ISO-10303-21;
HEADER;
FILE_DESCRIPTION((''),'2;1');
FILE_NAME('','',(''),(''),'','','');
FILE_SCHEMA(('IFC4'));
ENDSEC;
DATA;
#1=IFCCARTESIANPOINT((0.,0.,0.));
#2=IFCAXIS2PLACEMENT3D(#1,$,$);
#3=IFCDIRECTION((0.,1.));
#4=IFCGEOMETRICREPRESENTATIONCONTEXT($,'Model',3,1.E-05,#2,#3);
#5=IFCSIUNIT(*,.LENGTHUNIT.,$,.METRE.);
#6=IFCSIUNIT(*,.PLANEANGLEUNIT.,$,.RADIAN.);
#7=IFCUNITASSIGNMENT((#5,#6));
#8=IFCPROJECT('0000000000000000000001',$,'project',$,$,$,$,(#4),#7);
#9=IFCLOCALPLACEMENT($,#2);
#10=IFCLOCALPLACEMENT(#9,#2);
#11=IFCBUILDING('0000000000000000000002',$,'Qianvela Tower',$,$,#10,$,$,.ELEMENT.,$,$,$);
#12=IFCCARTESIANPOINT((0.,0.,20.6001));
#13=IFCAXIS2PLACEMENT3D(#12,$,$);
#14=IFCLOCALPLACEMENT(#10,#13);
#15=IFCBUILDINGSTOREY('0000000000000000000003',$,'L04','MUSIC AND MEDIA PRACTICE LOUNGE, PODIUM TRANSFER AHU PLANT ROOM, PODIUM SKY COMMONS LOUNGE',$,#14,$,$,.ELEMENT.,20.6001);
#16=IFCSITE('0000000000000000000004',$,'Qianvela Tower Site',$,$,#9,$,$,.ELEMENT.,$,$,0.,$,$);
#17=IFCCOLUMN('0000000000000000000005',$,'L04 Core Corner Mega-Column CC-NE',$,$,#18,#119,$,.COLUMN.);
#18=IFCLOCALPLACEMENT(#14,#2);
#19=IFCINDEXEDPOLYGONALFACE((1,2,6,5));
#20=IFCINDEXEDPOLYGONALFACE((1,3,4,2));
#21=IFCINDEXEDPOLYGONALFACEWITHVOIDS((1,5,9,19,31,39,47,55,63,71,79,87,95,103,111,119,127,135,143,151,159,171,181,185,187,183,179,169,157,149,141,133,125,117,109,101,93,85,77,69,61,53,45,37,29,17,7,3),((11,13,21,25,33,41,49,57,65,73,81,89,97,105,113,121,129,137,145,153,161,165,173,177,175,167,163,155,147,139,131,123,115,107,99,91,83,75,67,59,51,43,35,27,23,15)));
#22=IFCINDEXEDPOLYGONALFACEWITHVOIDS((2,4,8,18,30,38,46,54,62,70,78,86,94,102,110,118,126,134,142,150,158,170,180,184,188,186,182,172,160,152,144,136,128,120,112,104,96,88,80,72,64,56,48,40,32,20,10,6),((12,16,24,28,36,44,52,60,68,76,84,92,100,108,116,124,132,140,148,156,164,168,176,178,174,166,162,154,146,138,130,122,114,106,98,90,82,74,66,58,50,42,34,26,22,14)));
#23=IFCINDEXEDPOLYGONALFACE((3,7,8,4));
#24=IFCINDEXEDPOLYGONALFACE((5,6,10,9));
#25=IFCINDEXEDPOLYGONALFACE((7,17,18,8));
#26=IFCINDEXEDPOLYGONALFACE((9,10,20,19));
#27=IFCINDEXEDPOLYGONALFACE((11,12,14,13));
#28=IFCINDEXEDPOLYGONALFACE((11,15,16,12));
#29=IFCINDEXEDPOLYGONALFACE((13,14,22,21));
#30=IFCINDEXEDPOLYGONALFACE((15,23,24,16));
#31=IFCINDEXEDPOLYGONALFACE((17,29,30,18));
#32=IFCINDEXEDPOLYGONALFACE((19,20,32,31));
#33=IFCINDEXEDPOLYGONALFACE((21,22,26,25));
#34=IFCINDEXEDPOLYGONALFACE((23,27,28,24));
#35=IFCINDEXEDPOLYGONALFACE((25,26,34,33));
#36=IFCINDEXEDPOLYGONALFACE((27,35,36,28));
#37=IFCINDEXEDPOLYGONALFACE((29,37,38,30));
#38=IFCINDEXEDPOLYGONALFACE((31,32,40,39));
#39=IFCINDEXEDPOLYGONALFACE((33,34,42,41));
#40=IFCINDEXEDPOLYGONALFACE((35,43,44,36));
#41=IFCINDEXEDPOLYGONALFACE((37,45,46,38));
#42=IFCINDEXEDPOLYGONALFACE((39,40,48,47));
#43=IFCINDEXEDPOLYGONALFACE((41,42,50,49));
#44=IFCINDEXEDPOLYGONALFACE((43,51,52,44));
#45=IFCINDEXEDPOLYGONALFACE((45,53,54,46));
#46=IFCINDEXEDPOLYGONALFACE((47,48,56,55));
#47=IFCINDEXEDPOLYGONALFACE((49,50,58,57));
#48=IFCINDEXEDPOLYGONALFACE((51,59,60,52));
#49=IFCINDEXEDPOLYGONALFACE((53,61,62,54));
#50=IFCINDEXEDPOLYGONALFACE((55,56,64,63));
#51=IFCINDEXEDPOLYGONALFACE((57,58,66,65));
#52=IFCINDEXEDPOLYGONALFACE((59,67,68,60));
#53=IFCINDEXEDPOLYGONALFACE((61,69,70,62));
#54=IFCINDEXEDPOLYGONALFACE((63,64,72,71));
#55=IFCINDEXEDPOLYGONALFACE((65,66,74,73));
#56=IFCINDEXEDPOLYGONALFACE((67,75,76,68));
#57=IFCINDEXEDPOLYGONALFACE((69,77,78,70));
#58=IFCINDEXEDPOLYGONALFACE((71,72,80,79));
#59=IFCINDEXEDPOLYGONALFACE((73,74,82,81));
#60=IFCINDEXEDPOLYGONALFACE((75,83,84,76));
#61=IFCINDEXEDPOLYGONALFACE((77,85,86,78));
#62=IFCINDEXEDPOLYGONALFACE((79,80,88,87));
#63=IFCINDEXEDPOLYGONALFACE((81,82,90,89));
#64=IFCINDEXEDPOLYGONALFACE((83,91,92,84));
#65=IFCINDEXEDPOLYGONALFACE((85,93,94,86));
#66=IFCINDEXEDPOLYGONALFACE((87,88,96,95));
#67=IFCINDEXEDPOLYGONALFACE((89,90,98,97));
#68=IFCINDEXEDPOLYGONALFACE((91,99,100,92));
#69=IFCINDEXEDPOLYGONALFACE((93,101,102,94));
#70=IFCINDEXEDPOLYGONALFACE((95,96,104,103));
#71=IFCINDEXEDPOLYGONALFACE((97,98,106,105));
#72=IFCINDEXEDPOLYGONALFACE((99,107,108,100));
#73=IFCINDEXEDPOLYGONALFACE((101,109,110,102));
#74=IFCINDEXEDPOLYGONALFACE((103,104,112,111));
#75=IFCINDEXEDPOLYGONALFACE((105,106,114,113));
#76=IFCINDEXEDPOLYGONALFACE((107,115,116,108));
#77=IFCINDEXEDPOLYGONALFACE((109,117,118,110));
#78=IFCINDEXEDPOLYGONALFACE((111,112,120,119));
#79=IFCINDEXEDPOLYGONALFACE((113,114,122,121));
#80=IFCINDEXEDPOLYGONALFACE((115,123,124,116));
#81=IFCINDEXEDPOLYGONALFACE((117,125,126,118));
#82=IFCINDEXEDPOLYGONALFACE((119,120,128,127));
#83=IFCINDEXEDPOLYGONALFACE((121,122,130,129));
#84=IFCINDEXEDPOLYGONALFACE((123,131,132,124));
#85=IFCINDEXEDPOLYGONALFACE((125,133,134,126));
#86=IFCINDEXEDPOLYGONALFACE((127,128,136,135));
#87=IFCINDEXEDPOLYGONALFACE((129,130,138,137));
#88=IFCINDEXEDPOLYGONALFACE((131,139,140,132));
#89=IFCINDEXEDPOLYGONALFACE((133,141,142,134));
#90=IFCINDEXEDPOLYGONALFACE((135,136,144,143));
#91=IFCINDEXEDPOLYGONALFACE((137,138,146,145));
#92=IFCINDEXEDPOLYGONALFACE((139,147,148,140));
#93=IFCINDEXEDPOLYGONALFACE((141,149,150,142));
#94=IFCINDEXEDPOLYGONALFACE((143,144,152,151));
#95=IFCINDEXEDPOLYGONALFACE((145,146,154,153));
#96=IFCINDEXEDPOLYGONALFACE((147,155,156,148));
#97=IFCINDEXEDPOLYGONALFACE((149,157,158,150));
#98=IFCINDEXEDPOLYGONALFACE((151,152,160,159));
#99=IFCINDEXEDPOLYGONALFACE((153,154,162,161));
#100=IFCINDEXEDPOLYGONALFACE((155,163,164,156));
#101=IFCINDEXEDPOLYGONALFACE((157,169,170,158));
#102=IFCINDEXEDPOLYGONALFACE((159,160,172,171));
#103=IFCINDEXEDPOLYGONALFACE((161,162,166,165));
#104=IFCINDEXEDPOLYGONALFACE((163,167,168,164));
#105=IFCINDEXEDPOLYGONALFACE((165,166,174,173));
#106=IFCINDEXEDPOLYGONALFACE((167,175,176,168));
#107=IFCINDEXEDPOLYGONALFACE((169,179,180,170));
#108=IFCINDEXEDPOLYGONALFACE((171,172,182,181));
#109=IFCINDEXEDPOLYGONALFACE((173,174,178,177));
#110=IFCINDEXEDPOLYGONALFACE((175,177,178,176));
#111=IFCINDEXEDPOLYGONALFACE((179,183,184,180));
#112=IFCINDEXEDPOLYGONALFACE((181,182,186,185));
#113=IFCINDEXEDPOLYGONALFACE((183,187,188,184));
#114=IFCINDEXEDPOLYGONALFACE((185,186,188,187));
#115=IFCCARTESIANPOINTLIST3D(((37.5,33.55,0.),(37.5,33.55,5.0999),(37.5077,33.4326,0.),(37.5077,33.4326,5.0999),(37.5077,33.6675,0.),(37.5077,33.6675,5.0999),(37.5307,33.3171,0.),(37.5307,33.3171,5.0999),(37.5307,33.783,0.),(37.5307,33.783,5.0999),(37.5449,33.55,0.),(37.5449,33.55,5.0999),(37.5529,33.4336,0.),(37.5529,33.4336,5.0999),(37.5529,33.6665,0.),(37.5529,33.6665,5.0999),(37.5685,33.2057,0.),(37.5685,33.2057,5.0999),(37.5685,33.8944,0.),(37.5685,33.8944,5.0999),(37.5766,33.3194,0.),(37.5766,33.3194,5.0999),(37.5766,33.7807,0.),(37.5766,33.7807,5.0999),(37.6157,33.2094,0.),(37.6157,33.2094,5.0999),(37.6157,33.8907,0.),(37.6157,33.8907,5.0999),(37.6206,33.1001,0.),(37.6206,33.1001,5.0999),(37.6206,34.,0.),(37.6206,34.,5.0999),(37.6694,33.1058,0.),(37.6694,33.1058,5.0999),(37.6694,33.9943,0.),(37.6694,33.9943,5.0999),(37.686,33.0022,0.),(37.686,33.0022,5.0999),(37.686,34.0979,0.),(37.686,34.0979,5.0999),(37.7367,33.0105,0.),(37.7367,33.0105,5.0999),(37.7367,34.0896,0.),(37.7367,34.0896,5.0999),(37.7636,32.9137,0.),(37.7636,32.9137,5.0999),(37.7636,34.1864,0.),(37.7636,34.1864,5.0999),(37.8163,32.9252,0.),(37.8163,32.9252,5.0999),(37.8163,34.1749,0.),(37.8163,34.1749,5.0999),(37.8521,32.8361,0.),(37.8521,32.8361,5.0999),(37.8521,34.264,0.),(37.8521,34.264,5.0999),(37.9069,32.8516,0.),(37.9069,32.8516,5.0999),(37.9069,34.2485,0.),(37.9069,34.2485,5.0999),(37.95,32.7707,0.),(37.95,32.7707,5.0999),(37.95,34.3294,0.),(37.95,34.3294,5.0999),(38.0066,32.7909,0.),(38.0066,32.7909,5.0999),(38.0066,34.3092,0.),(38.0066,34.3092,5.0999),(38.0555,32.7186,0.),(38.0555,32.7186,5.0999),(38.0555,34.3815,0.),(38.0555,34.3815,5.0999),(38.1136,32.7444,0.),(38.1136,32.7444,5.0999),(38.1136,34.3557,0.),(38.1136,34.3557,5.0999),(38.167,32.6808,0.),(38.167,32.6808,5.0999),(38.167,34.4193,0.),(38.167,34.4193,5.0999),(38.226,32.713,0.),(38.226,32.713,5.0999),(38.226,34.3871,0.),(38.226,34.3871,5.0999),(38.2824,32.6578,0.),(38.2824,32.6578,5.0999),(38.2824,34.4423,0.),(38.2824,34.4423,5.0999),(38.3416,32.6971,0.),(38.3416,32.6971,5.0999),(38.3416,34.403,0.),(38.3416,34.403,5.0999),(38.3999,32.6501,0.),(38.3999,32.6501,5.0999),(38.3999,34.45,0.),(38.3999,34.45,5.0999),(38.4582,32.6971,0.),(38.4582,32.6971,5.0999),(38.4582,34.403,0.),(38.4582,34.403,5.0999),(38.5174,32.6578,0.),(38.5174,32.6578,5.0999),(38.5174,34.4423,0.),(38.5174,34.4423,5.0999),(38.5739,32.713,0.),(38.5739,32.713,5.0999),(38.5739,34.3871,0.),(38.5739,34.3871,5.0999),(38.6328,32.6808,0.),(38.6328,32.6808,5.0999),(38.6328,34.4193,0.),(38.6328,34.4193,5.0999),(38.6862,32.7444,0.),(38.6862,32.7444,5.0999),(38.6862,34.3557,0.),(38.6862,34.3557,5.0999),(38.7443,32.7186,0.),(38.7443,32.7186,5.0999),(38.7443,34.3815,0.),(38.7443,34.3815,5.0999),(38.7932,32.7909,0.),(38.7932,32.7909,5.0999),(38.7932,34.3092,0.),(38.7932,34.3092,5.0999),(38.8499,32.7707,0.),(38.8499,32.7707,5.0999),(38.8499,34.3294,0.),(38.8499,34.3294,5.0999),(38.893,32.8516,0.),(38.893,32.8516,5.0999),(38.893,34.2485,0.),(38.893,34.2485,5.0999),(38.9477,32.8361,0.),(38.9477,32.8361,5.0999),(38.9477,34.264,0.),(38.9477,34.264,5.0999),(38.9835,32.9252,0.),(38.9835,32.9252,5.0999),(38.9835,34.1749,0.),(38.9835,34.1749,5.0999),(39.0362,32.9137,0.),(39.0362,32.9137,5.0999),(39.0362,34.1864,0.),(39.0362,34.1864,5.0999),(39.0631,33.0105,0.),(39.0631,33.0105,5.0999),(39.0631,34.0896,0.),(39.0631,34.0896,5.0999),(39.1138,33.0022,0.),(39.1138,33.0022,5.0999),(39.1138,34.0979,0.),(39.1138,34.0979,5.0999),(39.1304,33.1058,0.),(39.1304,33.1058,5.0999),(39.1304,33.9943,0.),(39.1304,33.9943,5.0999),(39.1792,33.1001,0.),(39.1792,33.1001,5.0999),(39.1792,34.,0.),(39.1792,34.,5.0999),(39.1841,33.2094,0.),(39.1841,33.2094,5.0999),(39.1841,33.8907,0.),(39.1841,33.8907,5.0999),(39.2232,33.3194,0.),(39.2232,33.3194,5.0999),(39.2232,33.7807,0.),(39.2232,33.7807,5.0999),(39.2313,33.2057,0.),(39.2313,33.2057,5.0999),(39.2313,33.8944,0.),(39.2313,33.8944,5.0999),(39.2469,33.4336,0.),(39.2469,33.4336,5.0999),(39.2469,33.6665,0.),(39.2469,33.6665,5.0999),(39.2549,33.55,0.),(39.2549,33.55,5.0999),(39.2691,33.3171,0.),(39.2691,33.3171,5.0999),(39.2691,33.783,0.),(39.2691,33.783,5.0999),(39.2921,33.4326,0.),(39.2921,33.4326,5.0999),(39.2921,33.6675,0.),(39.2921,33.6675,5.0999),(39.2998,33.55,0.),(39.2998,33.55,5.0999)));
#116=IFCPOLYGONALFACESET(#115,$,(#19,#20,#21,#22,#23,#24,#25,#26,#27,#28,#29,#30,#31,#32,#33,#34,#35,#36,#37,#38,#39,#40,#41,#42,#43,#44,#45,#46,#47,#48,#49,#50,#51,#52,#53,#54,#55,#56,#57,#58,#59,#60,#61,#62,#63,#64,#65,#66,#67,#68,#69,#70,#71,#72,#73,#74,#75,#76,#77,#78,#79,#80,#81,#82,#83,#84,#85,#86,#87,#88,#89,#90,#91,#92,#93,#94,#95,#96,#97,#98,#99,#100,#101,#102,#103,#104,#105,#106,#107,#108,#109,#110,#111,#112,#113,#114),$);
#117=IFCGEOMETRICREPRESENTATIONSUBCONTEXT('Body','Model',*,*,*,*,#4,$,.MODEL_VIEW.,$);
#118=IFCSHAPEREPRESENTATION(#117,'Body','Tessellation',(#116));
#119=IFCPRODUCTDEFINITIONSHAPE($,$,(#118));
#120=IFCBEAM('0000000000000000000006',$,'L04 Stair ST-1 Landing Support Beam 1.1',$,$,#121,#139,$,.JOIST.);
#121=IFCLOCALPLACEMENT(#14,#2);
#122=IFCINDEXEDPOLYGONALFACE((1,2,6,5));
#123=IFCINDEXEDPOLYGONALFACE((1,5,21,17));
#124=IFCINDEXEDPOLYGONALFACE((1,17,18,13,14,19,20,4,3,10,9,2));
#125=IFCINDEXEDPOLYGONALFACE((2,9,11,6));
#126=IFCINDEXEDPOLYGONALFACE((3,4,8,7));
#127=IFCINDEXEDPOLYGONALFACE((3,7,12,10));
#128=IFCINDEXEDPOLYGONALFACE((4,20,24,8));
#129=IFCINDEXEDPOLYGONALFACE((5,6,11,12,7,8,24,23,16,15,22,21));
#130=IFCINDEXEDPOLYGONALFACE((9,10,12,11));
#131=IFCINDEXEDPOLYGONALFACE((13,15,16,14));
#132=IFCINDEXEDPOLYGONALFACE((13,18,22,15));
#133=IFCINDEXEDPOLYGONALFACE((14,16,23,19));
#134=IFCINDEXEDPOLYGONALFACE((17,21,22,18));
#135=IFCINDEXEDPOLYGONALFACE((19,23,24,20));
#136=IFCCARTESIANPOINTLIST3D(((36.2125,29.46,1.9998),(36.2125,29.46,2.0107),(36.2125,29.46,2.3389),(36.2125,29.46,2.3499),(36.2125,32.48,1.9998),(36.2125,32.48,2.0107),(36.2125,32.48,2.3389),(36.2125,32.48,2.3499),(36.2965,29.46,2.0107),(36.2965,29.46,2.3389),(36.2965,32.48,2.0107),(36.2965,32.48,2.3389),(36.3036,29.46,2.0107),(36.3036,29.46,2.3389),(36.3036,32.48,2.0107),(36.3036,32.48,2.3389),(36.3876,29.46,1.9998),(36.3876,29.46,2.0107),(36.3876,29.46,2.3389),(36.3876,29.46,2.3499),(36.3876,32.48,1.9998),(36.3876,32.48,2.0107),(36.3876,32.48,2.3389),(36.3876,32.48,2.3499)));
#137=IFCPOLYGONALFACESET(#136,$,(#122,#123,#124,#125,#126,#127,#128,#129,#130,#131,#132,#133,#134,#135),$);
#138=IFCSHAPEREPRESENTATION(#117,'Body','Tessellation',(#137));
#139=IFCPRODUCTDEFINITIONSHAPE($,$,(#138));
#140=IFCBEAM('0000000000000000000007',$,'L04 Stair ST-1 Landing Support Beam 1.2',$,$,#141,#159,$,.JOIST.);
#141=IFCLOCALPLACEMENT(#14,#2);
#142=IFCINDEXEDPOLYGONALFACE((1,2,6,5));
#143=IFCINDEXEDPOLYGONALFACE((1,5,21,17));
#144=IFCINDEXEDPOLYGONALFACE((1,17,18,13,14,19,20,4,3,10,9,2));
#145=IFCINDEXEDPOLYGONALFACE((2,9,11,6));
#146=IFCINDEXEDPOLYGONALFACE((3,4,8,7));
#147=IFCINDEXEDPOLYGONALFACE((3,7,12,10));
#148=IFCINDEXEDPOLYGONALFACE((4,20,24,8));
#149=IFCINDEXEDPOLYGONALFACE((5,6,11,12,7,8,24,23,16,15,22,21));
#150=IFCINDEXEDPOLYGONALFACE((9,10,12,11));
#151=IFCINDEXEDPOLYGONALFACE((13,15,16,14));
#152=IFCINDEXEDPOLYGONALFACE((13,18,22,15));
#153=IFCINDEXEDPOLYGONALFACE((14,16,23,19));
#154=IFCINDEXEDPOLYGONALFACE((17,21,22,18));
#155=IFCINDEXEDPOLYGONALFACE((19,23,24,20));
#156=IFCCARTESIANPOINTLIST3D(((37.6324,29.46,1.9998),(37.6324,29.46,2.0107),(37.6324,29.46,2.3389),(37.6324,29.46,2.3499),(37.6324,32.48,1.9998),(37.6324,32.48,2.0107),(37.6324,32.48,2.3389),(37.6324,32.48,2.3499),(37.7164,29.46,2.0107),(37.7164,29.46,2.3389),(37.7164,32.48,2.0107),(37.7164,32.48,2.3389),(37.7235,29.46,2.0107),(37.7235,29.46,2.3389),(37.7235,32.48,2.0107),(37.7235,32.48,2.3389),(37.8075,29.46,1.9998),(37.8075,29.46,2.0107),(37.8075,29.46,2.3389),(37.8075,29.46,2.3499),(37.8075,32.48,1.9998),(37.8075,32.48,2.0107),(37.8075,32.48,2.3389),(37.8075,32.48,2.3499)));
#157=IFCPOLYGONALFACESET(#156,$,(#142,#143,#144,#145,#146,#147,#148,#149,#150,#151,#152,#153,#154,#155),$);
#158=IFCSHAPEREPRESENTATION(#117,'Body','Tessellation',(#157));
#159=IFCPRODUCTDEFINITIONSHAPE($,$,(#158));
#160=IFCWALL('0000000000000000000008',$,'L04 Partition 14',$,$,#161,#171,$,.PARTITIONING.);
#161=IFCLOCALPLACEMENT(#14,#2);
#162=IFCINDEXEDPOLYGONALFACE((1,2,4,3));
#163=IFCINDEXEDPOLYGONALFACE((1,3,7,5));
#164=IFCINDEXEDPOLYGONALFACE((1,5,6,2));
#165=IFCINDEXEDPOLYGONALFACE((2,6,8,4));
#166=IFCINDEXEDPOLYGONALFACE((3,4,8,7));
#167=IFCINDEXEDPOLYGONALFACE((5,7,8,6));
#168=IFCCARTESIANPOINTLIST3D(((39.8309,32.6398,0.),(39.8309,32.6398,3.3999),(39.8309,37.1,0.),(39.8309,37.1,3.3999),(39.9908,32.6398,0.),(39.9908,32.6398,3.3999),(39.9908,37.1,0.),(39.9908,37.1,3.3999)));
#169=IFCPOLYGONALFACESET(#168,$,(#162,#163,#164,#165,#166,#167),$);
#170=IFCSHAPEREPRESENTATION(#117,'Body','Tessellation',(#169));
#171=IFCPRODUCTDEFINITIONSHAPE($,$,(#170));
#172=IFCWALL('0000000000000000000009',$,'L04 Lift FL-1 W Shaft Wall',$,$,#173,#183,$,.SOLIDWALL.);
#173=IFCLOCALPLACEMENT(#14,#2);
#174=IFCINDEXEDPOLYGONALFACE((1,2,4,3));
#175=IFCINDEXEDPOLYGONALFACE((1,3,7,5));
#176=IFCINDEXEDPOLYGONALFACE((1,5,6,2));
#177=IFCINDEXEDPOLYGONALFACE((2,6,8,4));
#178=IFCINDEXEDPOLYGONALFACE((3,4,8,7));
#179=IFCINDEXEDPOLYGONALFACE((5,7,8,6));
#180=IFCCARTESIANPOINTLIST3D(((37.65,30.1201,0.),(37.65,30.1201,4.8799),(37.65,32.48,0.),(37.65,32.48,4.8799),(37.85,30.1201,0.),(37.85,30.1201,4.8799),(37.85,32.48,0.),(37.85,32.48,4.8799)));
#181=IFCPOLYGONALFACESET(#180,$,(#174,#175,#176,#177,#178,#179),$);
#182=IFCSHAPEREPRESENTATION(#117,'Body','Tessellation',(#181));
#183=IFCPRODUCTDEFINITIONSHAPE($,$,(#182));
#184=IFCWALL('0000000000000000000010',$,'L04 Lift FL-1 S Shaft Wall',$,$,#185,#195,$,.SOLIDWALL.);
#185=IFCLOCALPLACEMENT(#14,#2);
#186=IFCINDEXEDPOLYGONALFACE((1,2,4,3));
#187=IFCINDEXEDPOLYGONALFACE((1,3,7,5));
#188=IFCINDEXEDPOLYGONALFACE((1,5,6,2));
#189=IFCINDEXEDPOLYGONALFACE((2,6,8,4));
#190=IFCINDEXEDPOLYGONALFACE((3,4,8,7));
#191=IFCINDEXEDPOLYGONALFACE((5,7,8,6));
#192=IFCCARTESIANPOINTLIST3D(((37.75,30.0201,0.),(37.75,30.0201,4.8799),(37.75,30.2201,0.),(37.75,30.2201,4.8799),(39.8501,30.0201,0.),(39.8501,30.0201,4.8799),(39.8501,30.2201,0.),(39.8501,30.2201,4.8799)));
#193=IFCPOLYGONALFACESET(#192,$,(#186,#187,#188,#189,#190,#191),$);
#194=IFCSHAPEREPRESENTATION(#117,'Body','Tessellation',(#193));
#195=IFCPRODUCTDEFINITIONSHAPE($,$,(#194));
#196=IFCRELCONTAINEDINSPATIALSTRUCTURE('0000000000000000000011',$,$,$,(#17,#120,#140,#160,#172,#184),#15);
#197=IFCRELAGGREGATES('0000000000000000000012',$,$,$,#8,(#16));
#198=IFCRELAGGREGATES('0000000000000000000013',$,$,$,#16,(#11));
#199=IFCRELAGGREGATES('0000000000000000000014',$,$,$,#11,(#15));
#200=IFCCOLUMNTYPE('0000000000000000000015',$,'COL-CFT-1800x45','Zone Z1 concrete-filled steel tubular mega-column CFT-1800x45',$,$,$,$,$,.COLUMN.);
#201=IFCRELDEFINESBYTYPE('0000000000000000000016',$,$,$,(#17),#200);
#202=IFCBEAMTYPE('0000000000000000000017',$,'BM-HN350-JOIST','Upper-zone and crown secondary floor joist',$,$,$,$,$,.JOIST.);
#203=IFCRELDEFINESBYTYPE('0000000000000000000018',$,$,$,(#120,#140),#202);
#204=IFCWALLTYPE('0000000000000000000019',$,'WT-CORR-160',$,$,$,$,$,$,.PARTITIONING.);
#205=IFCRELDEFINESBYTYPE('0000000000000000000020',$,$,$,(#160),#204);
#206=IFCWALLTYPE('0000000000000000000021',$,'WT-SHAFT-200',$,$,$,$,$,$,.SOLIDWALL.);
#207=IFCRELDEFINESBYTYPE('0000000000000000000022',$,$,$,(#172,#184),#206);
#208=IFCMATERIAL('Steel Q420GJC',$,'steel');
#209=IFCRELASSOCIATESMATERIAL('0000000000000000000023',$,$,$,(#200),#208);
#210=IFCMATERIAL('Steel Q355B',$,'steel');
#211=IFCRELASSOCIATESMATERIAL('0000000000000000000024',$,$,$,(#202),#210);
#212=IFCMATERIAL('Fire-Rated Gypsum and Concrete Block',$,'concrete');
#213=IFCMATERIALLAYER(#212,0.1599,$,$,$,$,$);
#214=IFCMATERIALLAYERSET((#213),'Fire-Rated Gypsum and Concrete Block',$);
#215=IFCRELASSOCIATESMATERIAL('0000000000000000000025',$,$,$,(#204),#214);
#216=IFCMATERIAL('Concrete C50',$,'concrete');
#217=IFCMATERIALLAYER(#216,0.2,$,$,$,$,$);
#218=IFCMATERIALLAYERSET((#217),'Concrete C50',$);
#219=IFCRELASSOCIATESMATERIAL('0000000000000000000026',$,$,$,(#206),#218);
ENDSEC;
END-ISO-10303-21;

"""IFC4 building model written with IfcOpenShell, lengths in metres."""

from ifc_helpers import new_model, si_unit, direction, frame, frame_2d, origin, origin_2d, place, context, subcontext, project, spatial, rectangle, hollow_circle, i_section, extrude, material, layer, layer_set, material_profile, profile_set, type_object, element, save


model = new_model("IFC4")

# Units and contexts
model_context = context("Model", 3, precision=1e-05, world=origin(), true_north=direction((0.0, 1.0)))
body_context = subcontext(model_context, "Body", "Model", "MODEL_VIEW")
ifc_project = project(units=[si_unit("LENGTHUNIT", "METRE"), si_unit("PLANEANGLEUNIT", "RADIAN")], contexts=[model_context])

# Site, building, storey
site_placement = place(None, origin())
site = spatial("IfcSite", under=ifc_project, at=site_placement, Name="Qianvela Tower Site", CompositionType="ELEMENT", RefElevation=0.0)
building_placement = place(site_placement, origin())
building = spatial("IfcBuilding", under=site, at=building_placement, Name="Qianvela Tower", CompositionType="ELEMENT")
storey_placement = place(building_placement, frame((0.0, 0.0, 20.6001)))
storey = spatial("IfcBuildingStorey", under=building, at=storey_placement, Name="L04", Description="MUSIC AND MEDIA PRACTICE LOUNGE, PODIUM TRANSFER AHU PLANT ROOM, PODIUM SKY COMMONS LOUNGE", CompositionType="ELEMENT", Elevation=20.6001)

# Column
ifc_material_1 = material(Name="Steel Q420GJC", Category="steel")
ifc_material_profile_1 = material_profile(ifc_material_1, hollow_circle(Radius=0.8999, WallThickness=0.0449, at=origin_2d()), Name="CFT-1800x45")
ifc_profile_set_1 = profile_set([ifc_material_profile_1], Name="Steel Q420GJC")
column_type = type_object("IfcColumnType", Name="COL-CFT-1800x45", Description="Zone Z1 concrete-filled steel tubular mega-column CFT-1800x45", PredefinedType="COLUMN", material=ifc_profile_set_1)
column_placement = place(storey_placement, frame((38.3999, 33.55, 0.0), z_axis=(0.0, 0.0, 1.0), x_axis=(1.0, 0.0, 0.0)))
element("IfcColumn", 1, at=column_placement, inside=storey, type_object=column_type, Name="L04 Core Corner Mega-Column CC-NE", PredefinedType="COLUMN", context=body_context, shape_type="SweptSolid", body=[
    extrude(hollow_circle(Radius=0.8999, WallThickness=0.0449, at=origin_2d()), origin(), (0.0, 0.0, 1.0), 5.0999),
])

# Beams
ifc_material_2 = material(Name="Steel Q355B", Category="steel")
ifc_material_profile_2 = material_profile(ifc_material_2, i_section(OverallWidth=0.175, OverallDepth=0.3501, WebThickness=0.0071, FlangeThickness=0.011, at=origin_2d()), Name="HN350x175x7x11")
ifc_profile_set_2 = profile_set([ifc_material_profile_2], Name="Steel Q355B")
beam_type = type_object("IfcBeamType", Name="BM-HN350-JOIST", Description="Upper-zone and crown secondary floor joist", PredefinedType="JOIST", material=ifc_profile_set_2)
for number, where, z_axis, x_axis, name in (
    (2, (36.3, 29.46, 2.1748), (0.0, 1.0, 0.0), (-1.0, 0.0, 0.0), "L04 Stair ST-1 Landing Support Beam 1.1"),
    (3, (37.72, 29.46, 2.1748), (0.0, 1.0, 0.0), (-1.0, 0.0, 0.0), "L04 Stair ST-1 Landing Support Beam 1.2"),
):
    element("IfcBeam", number, at=place(storey_placement, frame(where, z_axis=z_axis, x_axis=x_axis)), inside=storey, type_object=beam_type, Name=name, PredefinedType="JOIST", context=body_context, shape_type="SweptSolid", body=[
        extrude(i_section(OverallWidth=0.175, OverallDepth=0.3501, WebThickness=0.0071, FlangeThickness=0.011, at=origin_2d()), origin(), (0.0, 0.0, 1.0), 3.02),
    ])

# Wall
ifc_material_3 = material(Name="Fire-Rated Gypsum and Concrete Block", Category="concrete")
ifc_layer_1 = layer(ifc_material_3, 0.1599)
ifc_layer_set_1 = layer_set([ifc_layer_1], Name="Fire-Rated Gypsum and Concrete Block")
wall_type_1 = type_object("IfcWallType", Name="WT-CORR-160", PredefinedType="PARTITIONING", material=ifc_layer_set_1)
wall_1_placement = place(storey_placement, frame((39.9109, 32.6399, 0.0), z_axis=(0.0, 0.0, 1.0), x_axis=(0.0, 1.0, 0.0)))
element("IfcWall", 4, at=wall_1_placement, inside=storey, type_object=wall_type_1, Name="L04 Partition 14", PredefinedType="PARTITIONING", context=body_context, shape_type="SweptSolid", body=[
    extrude(rectangle(XDim=4.4602, YDim=0.1599, at=frame_2d((2.23, 0.0))), origin(), (0.0, 0.0, 1.0), 3.3999),
])

# Shared definitions
ifc_material_4 = material(Name="Concrete C50", Category="concrete")
ifc_layer_2 = layer(ifc_material_4, 0.2)
ifc_layer_set_2 = layer_set([ifc_layer_2], Name="Concrete C50")
wall_type_2 = type_object("IfcWallType", Name="WT-SHAFT-200", PredefinedType="SOLIDWALL", material=ifc_layer_set_2)

# Walls
wall_2_placement = place(storey_placement, frame((37.75, 30.1201, 0.0), z_axis=(0.0, 0.0, 1.0), x_axis=(0.0, 1.0, 0.0)))
element("IfcWall", 5, at=wall_2_placement, inside=storey, type_object=wall_type_2, Name="L04 Lift FL-1 W Shaft Wall", PredefinedType="SOLIDWALL", context=body_context, shape_type="SweptSolid", body=[
    extrude(rectangle(XDim=2.3599, YDim=0.2, at=frame_2d((1.1799, 0.0))), origin(), (0.0, 0.0, 1.0), 4.8799),
])
for number, where, z_axis, x_axis, name in (
    (6, (37.75, 30.1201, 0.0), (0.0, 0.0, 1.0), (1.0, 0.0, 0.0), "L04 Lift FL-1 S Shaft Wall"),
):
    element("IfcWall", number, at=place(storey_placement, frame(where, z_axis=z_axis, x_axis=x_axis)), inside=storey, type_object=wall_type_2, Name=name, PredefinedType="SOLIDWALL", context=body_context, shape_type="SweptSolid", body=[
        extrude(rectangle(XDim=2.1001, YDim=0.2, at=frame_2d((1.05, 0.0))), origin(), (0.0, 0.0, 1.0), 4.8799),
    ])

save(model, "model.ifc")
